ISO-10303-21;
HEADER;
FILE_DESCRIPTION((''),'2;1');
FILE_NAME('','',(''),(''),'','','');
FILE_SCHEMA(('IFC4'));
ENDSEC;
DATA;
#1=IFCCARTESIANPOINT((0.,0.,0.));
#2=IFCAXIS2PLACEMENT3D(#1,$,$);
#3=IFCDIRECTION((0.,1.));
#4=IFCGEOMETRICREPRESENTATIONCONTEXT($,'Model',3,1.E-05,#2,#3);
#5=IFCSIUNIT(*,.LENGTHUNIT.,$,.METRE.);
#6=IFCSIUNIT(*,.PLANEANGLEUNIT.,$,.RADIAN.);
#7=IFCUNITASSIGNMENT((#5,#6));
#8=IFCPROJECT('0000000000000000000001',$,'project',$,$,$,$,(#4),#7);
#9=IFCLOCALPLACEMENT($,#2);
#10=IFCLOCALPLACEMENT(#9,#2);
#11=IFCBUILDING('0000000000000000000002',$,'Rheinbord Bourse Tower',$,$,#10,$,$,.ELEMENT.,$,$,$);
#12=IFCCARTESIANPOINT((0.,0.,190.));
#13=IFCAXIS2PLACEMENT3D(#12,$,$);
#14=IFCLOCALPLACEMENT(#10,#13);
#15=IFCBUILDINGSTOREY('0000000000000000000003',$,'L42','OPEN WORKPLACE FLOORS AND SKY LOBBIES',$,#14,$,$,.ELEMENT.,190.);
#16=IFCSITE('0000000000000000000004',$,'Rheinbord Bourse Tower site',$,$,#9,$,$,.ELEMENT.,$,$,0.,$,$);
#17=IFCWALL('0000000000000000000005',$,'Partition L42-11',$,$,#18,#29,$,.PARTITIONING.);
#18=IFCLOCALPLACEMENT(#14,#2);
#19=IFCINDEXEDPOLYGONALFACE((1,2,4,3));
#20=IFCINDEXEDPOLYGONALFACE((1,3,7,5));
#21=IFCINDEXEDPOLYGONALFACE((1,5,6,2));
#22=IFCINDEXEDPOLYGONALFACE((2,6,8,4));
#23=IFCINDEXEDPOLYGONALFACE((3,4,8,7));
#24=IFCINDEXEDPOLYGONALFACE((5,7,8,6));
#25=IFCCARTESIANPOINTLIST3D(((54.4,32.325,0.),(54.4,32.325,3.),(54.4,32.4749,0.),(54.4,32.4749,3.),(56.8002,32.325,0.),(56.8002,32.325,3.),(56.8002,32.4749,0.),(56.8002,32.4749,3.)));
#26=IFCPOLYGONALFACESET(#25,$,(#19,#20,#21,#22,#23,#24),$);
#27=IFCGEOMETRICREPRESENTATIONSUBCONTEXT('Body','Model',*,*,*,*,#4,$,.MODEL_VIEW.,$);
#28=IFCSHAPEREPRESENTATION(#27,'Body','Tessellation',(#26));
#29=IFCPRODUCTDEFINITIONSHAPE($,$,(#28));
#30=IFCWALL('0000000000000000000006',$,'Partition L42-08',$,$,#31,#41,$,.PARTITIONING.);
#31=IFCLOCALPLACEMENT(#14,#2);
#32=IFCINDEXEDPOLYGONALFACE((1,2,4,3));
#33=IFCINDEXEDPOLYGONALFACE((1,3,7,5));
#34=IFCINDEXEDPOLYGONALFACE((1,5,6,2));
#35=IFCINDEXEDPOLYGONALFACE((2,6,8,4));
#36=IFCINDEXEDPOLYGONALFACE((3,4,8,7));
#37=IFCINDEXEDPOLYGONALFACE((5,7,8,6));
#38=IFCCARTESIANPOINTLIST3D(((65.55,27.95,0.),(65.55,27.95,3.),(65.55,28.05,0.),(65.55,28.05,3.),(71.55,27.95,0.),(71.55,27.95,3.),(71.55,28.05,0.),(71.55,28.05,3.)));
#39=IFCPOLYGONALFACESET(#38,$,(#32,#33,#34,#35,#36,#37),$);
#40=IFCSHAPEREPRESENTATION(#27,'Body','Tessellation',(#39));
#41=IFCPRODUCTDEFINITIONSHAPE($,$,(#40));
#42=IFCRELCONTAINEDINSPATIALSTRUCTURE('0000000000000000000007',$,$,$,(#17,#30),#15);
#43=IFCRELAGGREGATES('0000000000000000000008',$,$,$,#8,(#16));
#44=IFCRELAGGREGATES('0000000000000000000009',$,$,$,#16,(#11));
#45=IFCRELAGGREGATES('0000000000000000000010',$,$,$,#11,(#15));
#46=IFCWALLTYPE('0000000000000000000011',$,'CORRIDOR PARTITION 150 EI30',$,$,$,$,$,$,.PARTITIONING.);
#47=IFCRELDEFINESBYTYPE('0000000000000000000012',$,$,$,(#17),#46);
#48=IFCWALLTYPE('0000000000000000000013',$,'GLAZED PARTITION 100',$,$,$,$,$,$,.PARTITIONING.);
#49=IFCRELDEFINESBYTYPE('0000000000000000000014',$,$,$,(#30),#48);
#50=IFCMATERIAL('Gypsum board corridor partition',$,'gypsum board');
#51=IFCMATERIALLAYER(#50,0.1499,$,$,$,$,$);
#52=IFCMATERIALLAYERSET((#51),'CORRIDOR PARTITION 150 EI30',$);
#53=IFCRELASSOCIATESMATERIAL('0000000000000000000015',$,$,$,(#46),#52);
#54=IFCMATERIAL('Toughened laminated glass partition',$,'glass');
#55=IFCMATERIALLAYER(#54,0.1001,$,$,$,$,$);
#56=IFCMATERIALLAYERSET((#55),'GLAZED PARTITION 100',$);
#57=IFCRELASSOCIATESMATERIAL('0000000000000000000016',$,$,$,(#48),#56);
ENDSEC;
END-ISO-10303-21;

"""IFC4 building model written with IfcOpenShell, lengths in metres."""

from ifc_helpers import new_model, si_unit, direction, frame, frame_2d, origin, place, context, subcontext, project, spatial, rectangle, extrude, material, layer, layer_set, type_object, element, save


model = new_model("IFC4")

# Units and contexts
model_context = context("Model", 3, precision=1e-05, world=origin(), true_north=direction((0.0, 1.0)))
body_context = subcontext(model_context, "Body", "Model", "MODEL_VIEW")
ifc_project = project(units=[si_unit("LENGTHUNIT", "METRE"), si_unit("PLANEANGLEUNIT", "RADIAN")], contexts=[model_context])

# Site, building, storey
site_placement = place(None, origin())
site = spatial("IfcSite", under=ifc_project, at=site_placement, Name="Rheinbord Bourse Tower site", CompositionType="ELEMENT", RefElevation=0.0)
building_placement = place(site_placement, origin())
building = spatial("IfcBuilding", under=site, at=building_placement, Name="Rheinbord Bourse Tower", CompositionType="ELEMENT")
storey_placement = place(building_placement, frame((0.0, 0.0, 190.0)))
storey = spatial("IfcBuildingStorey", under=building, at=storey_placement, Name="L42", Description="OPEN WORKPLACE FLOORS AND SKY LOBBIES", CompositionType="ELEMENT", Elevation=190.0)

# Walls
ifc_material_1 = material(Name="Gypsum board corridor partition", Category="gypsum board")
ifc_layer_1 = layer(ifc_material_1, 0.1499)
ifc_layer_set_1 = layer_set([ifc_layer_1], Name="CORRIDOR PARTITION 150 EI30")
wall_type_1 = type_object("IfcWallType", Name="CORRIDOR PARTITION 150 EI30", PredefinedType="PARTITIONING", material=ifc_layer_set_1)
wall_1_placement = place(storey_placement, frame((54.3999, 32.3999, 0.0), z_axis=(0.0, 0.0, 1.0), x_axis=(1.0, 0.0, 0.0)))
element("IfcWall", 1, at=wall_1_placement, inside=storey, type_object=wall_type_1, Name="Partition L42-11", PredefinedType="PARTITIONING", context=body_context, shape_type="SweptSolid", body=[
    extrude(rectangle(XDim=2.4001, YDim=0.1499, at=frame_2d((1.2002, 0.0))), origin(), (0.0, 0.0, 1.0), 3.0),
])
ifc_material_2 = material(Name="Toughened laminated glass partition", Category="glass")
ifc_layer_2 = layer(ifc_material_2, 0.1001)
ifc_layer_set_2 = layer_set([ifc_layer_2], Name="GLAZED PARTITION 100")
wall_type_2 = type_object("IfcWallType", Name="GLAZED PARTITION 100", PredefinedType="PARTITIONING", material=ifc_layer_set_2)
wall_2_placement = place(storey_placement, frame((65.55, 28.0, 0.0), z_axis=(0.0, 0.0, 1.0), x_axis=(1.0, 0.0, 0.0)))
element("IfcWall", 2, at=wall_2_placement, inside=storey, type_object=wall_type_2, Name="Partition L42-08", PredefinedType="PARTITIONING", context=body_context, shape_type="SweptSolid", body=[
    extrude(rectangle(XDim=6.0, YDim=0.1001, at=frame_2d((3.0, 0.0))), origin(), (0.0, 0.0, 1.0), 3.0),
])

save(model, "model.ifc")
